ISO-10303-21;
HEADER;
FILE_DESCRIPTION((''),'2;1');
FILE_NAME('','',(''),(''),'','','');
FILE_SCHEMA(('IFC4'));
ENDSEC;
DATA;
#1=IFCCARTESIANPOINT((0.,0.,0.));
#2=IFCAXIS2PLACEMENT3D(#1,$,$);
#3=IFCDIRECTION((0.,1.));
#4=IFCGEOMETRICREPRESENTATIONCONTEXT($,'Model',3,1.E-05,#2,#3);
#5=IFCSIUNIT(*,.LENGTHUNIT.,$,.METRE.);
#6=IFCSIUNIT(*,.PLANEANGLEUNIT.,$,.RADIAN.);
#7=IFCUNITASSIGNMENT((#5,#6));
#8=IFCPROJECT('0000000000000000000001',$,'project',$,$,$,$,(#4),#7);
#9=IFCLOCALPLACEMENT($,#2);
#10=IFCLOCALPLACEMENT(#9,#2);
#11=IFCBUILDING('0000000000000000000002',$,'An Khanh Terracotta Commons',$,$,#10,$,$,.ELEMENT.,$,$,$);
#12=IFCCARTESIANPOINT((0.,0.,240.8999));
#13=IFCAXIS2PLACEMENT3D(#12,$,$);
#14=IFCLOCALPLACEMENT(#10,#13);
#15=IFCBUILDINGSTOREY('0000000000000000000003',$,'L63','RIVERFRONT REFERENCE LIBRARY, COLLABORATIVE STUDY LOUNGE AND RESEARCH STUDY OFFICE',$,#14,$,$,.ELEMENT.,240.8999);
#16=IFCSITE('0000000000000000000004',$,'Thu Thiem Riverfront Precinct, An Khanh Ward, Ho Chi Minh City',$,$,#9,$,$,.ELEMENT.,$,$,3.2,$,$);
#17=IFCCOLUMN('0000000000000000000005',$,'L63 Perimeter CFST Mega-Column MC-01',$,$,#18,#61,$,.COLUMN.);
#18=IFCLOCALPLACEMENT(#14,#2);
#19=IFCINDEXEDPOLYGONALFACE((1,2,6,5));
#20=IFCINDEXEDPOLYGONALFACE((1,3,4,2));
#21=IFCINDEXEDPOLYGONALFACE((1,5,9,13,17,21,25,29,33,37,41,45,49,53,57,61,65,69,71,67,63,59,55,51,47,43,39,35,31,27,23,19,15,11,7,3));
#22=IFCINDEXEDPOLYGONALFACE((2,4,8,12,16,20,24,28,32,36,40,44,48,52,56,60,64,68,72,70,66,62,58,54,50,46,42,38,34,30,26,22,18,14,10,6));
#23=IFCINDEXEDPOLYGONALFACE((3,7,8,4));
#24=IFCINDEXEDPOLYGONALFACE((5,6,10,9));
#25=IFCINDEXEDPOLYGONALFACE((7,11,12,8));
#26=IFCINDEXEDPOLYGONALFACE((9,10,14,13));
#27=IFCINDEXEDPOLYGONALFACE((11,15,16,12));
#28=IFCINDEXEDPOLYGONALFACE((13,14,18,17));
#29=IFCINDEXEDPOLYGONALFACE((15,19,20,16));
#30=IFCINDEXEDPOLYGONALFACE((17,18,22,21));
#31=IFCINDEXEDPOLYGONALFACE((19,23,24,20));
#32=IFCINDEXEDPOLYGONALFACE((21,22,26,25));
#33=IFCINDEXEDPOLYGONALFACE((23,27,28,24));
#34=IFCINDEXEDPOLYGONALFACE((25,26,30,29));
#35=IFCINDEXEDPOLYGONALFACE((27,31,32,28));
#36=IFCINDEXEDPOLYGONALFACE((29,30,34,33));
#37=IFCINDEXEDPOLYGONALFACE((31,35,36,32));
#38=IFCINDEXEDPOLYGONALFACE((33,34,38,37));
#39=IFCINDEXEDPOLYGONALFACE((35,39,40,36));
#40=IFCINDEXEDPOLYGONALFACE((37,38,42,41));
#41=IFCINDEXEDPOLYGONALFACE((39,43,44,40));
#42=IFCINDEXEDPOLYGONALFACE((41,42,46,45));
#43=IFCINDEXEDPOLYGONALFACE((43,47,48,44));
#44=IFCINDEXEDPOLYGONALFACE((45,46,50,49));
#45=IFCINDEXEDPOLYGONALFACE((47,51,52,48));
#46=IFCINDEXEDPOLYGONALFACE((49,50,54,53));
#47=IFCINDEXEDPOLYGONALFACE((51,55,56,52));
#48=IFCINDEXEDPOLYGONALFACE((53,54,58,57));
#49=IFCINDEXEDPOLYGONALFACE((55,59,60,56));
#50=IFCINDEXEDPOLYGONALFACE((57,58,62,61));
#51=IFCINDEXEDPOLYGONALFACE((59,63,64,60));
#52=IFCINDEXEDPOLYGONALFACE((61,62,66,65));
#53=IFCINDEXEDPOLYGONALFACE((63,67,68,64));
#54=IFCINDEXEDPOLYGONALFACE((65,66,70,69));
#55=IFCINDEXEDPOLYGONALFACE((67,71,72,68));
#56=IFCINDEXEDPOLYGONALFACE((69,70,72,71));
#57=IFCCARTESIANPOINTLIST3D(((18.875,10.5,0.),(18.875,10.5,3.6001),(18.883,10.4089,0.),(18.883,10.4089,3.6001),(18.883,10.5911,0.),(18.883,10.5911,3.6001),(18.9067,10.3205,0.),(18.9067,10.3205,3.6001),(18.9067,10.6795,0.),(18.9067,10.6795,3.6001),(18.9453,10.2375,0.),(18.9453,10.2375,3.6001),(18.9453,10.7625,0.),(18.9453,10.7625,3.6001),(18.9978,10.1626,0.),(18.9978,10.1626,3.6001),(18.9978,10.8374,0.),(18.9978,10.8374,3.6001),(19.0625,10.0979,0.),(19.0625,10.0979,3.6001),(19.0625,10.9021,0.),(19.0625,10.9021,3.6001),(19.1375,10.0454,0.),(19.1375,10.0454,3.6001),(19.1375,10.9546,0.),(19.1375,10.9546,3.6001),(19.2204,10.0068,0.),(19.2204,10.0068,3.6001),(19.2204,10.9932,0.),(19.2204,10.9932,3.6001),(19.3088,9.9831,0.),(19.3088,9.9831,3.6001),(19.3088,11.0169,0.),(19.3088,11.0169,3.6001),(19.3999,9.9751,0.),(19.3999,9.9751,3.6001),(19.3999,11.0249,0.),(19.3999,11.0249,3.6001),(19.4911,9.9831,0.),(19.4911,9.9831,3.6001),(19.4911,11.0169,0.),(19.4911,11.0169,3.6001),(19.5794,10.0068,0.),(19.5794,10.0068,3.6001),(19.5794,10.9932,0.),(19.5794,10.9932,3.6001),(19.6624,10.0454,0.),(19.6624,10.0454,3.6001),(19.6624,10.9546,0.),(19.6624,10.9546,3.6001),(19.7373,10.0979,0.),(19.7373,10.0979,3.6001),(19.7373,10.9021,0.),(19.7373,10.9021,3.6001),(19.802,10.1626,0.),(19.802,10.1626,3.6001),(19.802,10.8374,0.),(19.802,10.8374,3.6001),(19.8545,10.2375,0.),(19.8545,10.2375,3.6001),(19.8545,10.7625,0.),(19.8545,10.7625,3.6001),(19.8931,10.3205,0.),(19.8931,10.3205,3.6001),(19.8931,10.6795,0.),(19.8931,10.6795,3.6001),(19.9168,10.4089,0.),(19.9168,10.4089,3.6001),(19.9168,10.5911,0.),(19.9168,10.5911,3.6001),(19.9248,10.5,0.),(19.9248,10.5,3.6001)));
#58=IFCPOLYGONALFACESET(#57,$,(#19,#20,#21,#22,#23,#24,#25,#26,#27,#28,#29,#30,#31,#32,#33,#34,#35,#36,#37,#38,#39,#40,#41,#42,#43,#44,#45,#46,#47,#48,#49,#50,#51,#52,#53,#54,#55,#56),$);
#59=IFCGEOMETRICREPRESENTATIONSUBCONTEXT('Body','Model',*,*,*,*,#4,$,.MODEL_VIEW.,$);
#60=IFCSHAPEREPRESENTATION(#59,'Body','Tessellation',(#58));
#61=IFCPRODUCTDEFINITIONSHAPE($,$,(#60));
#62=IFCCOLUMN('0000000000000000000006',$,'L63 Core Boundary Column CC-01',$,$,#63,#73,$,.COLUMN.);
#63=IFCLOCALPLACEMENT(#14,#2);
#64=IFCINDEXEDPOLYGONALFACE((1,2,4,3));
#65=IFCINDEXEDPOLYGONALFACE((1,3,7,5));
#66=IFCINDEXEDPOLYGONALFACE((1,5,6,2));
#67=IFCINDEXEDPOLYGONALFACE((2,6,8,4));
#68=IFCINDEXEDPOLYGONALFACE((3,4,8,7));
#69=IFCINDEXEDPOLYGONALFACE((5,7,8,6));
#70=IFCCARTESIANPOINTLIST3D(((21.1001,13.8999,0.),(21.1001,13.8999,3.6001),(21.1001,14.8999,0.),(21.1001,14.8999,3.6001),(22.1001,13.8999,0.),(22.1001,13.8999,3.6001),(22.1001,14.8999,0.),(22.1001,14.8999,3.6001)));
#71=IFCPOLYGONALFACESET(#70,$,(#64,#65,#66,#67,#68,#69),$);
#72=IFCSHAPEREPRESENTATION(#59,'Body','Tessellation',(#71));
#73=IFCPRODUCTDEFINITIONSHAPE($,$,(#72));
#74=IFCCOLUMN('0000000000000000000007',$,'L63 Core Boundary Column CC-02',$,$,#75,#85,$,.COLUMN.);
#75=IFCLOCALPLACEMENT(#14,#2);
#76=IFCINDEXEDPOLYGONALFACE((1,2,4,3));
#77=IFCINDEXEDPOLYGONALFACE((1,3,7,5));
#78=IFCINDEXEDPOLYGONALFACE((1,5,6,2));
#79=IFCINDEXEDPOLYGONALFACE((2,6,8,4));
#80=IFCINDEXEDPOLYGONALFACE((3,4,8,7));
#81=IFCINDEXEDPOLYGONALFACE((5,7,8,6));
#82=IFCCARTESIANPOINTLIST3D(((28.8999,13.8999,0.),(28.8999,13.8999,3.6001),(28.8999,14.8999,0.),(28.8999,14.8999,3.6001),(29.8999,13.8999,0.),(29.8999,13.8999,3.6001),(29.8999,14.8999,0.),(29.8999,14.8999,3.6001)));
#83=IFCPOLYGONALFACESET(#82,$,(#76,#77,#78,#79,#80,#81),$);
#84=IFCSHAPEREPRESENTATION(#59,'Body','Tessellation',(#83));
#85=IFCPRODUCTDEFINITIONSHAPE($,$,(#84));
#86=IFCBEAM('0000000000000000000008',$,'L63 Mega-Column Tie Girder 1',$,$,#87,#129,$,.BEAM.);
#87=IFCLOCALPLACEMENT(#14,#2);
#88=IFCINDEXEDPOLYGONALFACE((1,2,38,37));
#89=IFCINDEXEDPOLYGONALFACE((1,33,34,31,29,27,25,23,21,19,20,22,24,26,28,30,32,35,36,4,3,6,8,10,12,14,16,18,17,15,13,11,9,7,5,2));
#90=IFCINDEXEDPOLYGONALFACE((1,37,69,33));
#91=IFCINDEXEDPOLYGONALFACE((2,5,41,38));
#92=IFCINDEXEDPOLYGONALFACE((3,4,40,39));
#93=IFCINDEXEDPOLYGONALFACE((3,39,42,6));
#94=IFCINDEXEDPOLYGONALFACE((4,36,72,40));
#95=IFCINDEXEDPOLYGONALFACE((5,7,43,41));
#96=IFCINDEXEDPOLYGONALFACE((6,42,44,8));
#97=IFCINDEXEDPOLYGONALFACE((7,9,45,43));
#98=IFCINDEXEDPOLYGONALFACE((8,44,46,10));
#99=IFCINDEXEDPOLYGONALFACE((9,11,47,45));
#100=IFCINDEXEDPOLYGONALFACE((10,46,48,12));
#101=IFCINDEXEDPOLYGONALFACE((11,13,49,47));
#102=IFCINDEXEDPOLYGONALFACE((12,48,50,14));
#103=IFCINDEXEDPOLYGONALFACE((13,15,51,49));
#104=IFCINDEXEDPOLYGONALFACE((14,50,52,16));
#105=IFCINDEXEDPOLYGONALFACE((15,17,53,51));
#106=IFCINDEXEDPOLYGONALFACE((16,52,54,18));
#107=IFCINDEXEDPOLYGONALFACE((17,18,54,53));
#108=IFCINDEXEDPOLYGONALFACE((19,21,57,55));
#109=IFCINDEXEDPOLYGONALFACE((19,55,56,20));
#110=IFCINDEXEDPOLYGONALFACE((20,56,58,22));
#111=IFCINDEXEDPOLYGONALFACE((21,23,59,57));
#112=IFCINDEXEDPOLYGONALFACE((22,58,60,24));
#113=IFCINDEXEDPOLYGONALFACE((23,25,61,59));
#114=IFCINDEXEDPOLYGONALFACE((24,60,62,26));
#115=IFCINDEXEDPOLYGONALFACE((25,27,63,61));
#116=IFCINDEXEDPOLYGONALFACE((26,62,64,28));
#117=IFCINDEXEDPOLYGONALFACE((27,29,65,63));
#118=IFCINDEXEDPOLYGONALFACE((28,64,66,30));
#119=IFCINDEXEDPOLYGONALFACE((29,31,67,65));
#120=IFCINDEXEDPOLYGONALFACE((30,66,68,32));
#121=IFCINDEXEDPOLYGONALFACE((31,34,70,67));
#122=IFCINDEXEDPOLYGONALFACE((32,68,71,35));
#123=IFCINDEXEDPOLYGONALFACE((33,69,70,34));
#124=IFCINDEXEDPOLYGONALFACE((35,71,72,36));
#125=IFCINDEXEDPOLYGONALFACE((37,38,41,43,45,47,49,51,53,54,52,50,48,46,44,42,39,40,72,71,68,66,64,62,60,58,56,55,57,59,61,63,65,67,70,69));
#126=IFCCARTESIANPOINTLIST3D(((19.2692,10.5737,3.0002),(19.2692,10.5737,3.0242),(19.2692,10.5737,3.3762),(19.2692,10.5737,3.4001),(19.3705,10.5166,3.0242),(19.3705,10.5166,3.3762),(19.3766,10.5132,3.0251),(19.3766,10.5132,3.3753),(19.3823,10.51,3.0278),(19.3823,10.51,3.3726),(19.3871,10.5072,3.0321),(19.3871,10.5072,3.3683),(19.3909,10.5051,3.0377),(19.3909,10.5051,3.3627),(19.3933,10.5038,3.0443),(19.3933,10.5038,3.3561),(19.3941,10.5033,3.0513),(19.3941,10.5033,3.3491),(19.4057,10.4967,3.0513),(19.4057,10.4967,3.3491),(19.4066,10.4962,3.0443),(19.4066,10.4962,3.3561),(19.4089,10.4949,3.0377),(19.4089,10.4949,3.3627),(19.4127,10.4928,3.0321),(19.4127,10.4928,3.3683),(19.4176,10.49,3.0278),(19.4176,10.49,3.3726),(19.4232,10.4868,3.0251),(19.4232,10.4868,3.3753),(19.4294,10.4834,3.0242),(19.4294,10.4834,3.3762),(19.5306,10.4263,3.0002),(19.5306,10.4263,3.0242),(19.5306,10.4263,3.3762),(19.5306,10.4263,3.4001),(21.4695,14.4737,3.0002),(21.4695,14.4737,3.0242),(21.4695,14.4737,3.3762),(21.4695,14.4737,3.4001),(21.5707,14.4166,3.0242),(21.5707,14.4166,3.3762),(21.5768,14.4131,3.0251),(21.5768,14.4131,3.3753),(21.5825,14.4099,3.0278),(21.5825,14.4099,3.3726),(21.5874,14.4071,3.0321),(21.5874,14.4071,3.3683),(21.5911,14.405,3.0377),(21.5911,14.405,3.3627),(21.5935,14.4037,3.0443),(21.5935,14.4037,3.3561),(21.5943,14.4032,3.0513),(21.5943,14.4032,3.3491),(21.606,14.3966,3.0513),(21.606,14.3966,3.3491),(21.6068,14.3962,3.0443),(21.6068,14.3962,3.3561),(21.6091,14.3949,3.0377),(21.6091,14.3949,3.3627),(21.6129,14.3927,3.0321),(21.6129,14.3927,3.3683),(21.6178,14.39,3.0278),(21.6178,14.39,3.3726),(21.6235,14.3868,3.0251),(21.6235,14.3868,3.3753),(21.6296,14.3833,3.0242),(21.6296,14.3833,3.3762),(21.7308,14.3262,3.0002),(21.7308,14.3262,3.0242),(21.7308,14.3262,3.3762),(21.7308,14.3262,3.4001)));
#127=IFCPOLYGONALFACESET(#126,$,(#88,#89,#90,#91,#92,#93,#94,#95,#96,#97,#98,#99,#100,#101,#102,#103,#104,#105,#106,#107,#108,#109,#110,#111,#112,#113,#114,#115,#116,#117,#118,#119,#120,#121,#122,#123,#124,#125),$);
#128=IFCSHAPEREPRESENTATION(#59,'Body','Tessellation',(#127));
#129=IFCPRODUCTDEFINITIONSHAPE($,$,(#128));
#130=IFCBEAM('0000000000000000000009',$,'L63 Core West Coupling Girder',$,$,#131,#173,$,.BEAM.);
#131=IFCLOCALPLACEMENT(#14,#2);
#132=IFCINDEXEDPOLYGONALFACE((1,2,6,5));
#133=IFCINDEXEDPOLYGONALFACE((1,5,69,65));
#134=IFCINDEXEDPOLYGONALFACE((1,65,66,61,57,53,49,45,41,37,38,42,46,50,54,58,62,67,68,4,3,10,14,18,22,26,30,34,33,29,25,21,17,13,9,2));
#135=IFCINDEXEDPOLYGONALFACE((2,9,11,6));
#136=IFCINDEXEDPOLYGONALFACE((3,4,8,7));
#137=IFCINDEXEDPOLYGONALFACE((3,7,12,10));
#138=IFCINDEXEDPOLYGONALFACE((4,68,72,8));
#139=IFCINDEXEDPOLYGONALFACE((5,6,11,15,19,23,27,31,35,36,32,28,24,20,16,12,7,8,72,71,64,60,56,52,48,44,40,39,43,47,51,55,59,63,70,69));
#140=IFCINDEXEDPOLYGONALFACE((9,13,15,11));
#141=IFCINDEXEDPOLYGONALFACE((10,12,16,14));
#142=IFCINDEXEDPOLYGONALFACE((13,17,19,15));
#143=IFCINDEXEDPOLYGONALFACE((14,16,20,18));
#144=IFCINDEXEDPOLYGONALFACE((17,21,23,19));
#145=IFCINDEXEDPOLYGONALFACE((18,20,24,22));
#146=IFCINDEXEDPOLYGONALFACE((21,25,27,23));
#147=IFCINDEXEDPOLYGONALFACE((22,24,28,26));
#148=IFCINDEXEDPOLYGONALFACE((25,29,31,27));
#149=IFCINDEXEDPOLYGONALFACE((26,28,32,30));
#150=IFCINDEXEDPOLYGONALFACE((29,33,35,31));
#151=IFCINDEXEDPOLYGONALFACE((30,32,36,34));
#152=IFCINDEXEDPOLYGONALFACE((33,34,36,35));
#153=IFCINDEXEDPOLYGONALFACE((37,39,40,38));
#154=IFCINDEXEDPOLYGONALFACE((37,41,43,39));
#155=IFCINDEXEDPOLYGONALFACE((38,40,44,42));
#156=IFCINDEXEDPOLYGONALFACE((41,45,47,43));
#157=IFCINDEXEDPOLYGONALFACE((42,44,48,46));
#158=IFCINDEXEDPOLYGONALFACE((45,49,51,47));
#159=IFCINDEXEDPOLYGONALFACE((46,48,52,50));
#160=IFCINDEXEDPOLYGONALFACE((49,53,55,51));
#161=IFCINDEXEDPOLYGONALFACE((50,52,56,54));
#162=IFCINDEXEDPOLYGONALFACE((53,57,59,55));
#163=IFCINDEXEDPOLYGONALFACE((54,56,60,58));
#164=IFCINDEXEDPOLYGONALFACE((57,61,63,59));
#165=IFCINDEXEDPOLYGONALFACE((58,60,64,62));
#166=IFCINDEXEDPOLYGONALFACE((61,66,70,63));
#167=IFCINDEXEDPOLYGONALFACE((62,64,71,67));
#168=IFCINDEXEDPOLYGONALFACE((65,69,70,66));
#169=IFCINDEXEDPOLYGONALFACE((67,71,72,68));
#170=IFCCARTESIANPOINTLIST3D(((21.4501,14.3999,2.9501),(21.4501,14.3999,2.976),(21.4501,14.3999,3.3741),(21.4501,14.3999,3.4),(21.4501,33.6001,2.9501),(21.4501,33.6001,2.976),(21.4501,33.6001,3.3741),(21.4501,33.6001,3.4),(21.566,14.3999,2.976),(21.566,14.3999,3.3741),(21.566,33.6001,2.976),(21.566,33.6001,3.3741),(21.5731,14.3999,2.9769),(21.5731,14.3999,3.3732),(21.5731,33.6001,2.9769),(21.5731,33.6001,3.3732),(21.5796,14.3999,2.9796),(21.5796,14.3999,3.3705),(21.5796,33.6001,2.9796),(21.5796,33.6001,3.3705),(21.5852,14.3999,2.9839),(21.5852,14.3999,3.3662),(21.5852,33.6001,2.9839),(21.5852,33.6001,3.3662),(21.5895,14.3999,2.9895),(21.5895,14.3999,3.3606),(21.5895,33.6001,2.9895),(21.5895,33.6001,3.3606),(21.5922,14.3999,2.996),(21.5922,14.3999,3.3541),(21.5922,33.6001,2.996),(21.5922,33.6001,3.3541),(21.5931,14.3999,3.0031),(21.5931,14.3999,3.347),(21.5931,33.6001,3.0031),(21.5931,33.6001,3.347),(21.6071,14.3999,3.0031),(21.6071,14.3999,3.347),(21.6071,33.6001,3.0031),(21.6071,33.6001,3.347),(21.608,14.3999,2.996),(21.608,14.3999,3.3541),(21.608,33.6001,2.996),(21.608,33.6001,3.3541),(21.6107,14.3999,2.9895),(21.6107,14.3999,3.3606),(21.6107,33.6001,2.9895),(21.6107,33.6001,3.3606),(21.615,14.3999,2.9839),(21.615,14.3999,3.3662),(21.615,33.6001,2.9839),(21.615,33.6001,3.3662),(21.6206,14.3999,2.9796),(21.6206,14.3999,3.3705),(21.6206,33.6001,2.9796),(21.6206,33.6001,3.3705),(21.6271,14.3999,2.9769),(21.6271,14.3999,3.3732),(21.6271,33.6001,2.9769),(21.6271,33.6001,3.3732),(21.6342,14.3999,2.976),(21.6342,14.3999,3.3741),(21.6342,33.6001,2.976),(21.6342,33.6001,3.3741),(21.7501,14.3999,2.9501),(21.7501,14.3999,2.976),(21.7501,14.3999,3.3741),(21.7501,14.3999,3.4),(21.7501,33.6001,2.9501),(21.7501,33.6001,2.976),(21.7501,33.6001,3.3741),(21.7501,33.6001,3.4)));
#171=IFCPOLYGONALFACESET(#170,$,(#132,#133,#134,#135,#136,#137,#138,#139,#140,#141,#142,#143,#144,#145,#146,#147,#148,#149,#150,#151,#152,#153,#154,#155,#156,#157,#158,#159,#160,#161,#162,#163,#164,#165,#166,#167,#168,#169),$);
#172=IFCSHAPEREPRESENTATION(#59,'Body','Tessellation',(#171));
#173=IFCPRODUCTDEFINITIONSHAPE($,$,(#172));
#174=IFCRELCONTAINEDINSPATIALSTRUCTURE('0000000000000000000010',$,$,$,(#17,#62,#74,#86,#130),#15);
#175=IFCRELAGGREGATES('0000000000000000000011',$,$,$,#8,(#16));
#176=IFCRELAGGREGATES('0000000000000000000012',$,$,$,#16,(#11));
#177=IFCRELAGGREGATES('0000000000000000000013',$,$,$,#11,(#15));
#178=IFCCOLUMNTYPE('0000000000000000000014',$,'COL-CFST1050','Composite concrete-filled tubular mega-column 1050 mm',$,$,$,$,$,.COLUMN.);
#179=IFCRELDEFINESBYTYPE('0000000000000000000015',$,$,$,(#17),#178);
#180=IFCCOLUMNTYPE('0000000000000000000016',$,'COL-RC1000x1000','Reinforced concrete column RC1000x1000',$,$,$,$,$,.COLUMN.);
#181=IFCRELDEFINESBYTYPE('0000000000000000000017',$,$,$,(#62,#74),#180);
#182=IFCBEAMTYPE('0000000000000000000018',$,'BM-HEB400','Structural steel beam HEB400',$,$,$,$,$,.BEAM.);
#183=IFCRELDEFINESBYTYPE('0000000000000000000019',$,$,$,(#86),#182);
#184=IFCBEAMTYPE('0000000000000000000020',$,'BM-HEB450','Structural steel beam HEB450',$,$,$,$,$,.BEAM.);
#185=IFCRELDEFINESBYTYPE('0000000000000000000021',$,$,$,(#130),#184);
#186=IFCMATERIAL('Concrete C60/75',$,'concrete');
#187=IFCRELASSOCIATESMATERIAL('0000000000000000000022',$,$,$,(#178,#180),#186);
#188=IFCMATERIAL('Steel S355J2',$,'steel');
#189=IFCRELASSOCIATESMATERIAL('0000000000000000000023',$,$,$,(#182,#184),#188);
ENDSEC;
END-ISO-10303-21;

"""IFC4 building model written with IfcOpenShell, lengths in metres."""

from ifc_helpers import new_model, si_unit, direction, frame, origin, origin_2d, place, context, subcontext, project, spatial, rectangle, circle, i_section, extrude, material, material_profile, profile_set, type_object, element, save


model = new_model("IFC4")

# Units and contexts
model_context = context("Model", 3, precision=1e-05, world=origin(), true_north=direction((0.0, 1.0)))
body_context = subcontext(model_context, "Body", "Model", "MODEL_VIEW")
ifc_project = project(units=[si_unit("LENGTHUNIT", "METRE"), si_unit("PLANEANGLEUNIT", "RADIAN")], contexts=[model_context])

# Site, building, storey
site_placement = place(None, origin())
site = spatial("IfcSite", under=ifc_project, at=site_placement, Name="Thu Thiem Riverfront Precinct, An Khanh Ward, Ho Chi Minh City", CompositionType="ELEMENT", RefElevation=3.2)
building_placement = place(site_placement, origin())
building = spatial("IfcBuilding", under=site, at=building_placement, Name="An Khanh Terracotta Commons", CompositionType="ELEMENT")
storey_placement = place(building_placement, frame((0.0, 0.0, 240.8999)))
storey = spatial("IfcBuildingStorey", under=building, at=storey_placement, Name="L63", Description="RIVERFRONT REFERENCE LIBRARY, COLLABORATIVE STUDY LOUNGE AND RESEARCH STUDY OFFICE", CompositionType="ELEMENT", Elevation=240.8999)

# Columns
ifc_material_1 = material(Name="Concrete C60/75", Category="concrete")
ifc_material_profile_1 = material_profile(ifc_material_1, circle(Radius=0.5249, at=origin_2d()), Name="CFST1050")
ifc_profile_set_1 = profile_set([ifc_material_profile_1], Name="Concrete C60/75")
column_type_1 = type_object("IfcColumnType", Name="COL-CFST1050", Description="Composite concrete-filled tubular mega-column 1050 mm", PredefinedType="COLUMN", material=ifc_profile_set_1)
column_placement = place(storey_placement, frame((19.3999, 10.5, 0.0), z_axis=(0.0, 0.0, 1.0), x_axis=(1.0, 0.0, 0.0)))
element("IfcColumn", 1, at=column_placement, inside=storey, type_object=column_type_1, Name="L63 Perimeter CFST Mega-Column MC-01", PredefinedType="COLUMN", context=body_context, shape_type="SweptSolid", body=[
    extrude(circle(Radius=0.5249, at=origin_2d()), origin(), (0.0, 0.0, 1.0), 3.6001),
])
ifc_material_profile_2 = material_profile(ifc_material_1, rectangle(XDim=1.0, YDim=1.0, at=origin_2d()), Name="RC1000x1000")
ifc_profile_set_2 = profile_set([ifc_material_profile_2], Name="Concrete C60/75")
column_type_2 = type_object("IfcColumnType", Name="COL-RC1000x1000", Description="Reinforced concrete column RC1000x1000", PredefinedType="COLUMN", material=ifc_profile_set_2)
for number, where, z_axis, x_axis, name in (
    (2, (21.6001, 14.3999, 0.0), (0.0, 0.0, 1.0), (1.0, 0.0, 0.0), "L63 Core Boundary Column CC-01"),
    (3, (29.3999, 14.3999, 0.0), (0.0, 0.0, 1.0), (1.0, 0.0, 0.0), "L63 Core Boundary Column CC-02"),
):
    element("IfcColumn", number, at=place(storey_placement, frame(where, z_axis=z_axis, x_axis=x_axis)), inside=storey, type_object=column_type_2, Name=name, PredefinedType="COLUMN", context=body_context, shape_type="SweptSolid", body=[
        extrude(rectangle(XDim=1.0, YDim=1.0, at=origin_2d()), origin(), (0.0, 0.0, 1.0), 3.6001),
    ])

# Beams
ifc_material_2 = material(Name="Steel S355J2", Category="steel")
ifc_material_profile_3 = material_profile(ifc_material_2, i_section(OverallWidth=0.3, OverallDepth=0.3999, WebThickness=0.0134, FlangeThickness=0.0239, FilletRadius=0.0271, at=origin_2d()), Name="HEB400")
ifc_profile_set_3 = profile_set([ifc_material_profile_3], Name="Steel S355J2")
beam_type_1 = type_object("IfcBeamType", Name="BM-HEB400", Description="Structural steel beam HEB400", PredefinedType="BEAM", material=ifc_profile_set_3)
beam_1_placement = place(storey_placement, frame((19.3999, 10.5, 3.2002), z_axis=(0.491364, 0.870955, 0.0), x_axis=(-0.870955, 0.491364, 0.0)))
element("IfcBeam", 4, at=beam_1_placement, inside=storey, type_object=beam_type_1, Name="L63 Mega-Column Tie Girder 1", PredefinedType="BEAM", context=body_context, shape_type="SweptSolid", body=[
    extrude(i_section(OverallWidth=0.3, OverallDepth=0.3999, WebThickness=0.0134, FlangeThickness=0.0239, FilletRadius=0.0271, at=origin_2d()), origin(), (0.0, 0.0, 1.0), 4.4778),
])
ifc_material_profile_4 = material_profile(ifc_material_2, i_section(OverallWidth=0.3, OverallDepth=0.45, WebThickness=0.0139, FlangeThickness=0.0259, FilletRadius=0.0271, at=origin_2d()), Name="HEB450")
ifc_profile_set_4 = profile_set([ifc_material_profile_4], Name="Steel S355J2")
beam_type_2 = type_object("IfcBeamType", Name="BM-HEB450", Description="Structural steel beam HEB450", PredefinedType="BEAM", material=ifc_profile_set_4)
beam_2_placement = place(storey_placement, frame((21.6001, 14.3999, 3.175), z_axis=(0.0, 1.0, 0.0), x_axis=(-1.0, 0.0, 0.0)))
element("IfcBeam", 5, at=beam_2_placement, inside=storey, type_object=beam_type_2, Name="L63 Core West Coupling Girder", PredefinedType="BEAM", context=body_context, shape_type="SweptSolid", body=[
    extrude(i_section(OverallWidth=0.3, OverallDepth=0.45, WebThickness=0.0139, FlangeThickness=0.0259, FilletRadius=0.0271, at=origin_2d()), origin(), (0.0, 0.0, 1.0), 19.2002),
])

save(model, "model.ifc")
